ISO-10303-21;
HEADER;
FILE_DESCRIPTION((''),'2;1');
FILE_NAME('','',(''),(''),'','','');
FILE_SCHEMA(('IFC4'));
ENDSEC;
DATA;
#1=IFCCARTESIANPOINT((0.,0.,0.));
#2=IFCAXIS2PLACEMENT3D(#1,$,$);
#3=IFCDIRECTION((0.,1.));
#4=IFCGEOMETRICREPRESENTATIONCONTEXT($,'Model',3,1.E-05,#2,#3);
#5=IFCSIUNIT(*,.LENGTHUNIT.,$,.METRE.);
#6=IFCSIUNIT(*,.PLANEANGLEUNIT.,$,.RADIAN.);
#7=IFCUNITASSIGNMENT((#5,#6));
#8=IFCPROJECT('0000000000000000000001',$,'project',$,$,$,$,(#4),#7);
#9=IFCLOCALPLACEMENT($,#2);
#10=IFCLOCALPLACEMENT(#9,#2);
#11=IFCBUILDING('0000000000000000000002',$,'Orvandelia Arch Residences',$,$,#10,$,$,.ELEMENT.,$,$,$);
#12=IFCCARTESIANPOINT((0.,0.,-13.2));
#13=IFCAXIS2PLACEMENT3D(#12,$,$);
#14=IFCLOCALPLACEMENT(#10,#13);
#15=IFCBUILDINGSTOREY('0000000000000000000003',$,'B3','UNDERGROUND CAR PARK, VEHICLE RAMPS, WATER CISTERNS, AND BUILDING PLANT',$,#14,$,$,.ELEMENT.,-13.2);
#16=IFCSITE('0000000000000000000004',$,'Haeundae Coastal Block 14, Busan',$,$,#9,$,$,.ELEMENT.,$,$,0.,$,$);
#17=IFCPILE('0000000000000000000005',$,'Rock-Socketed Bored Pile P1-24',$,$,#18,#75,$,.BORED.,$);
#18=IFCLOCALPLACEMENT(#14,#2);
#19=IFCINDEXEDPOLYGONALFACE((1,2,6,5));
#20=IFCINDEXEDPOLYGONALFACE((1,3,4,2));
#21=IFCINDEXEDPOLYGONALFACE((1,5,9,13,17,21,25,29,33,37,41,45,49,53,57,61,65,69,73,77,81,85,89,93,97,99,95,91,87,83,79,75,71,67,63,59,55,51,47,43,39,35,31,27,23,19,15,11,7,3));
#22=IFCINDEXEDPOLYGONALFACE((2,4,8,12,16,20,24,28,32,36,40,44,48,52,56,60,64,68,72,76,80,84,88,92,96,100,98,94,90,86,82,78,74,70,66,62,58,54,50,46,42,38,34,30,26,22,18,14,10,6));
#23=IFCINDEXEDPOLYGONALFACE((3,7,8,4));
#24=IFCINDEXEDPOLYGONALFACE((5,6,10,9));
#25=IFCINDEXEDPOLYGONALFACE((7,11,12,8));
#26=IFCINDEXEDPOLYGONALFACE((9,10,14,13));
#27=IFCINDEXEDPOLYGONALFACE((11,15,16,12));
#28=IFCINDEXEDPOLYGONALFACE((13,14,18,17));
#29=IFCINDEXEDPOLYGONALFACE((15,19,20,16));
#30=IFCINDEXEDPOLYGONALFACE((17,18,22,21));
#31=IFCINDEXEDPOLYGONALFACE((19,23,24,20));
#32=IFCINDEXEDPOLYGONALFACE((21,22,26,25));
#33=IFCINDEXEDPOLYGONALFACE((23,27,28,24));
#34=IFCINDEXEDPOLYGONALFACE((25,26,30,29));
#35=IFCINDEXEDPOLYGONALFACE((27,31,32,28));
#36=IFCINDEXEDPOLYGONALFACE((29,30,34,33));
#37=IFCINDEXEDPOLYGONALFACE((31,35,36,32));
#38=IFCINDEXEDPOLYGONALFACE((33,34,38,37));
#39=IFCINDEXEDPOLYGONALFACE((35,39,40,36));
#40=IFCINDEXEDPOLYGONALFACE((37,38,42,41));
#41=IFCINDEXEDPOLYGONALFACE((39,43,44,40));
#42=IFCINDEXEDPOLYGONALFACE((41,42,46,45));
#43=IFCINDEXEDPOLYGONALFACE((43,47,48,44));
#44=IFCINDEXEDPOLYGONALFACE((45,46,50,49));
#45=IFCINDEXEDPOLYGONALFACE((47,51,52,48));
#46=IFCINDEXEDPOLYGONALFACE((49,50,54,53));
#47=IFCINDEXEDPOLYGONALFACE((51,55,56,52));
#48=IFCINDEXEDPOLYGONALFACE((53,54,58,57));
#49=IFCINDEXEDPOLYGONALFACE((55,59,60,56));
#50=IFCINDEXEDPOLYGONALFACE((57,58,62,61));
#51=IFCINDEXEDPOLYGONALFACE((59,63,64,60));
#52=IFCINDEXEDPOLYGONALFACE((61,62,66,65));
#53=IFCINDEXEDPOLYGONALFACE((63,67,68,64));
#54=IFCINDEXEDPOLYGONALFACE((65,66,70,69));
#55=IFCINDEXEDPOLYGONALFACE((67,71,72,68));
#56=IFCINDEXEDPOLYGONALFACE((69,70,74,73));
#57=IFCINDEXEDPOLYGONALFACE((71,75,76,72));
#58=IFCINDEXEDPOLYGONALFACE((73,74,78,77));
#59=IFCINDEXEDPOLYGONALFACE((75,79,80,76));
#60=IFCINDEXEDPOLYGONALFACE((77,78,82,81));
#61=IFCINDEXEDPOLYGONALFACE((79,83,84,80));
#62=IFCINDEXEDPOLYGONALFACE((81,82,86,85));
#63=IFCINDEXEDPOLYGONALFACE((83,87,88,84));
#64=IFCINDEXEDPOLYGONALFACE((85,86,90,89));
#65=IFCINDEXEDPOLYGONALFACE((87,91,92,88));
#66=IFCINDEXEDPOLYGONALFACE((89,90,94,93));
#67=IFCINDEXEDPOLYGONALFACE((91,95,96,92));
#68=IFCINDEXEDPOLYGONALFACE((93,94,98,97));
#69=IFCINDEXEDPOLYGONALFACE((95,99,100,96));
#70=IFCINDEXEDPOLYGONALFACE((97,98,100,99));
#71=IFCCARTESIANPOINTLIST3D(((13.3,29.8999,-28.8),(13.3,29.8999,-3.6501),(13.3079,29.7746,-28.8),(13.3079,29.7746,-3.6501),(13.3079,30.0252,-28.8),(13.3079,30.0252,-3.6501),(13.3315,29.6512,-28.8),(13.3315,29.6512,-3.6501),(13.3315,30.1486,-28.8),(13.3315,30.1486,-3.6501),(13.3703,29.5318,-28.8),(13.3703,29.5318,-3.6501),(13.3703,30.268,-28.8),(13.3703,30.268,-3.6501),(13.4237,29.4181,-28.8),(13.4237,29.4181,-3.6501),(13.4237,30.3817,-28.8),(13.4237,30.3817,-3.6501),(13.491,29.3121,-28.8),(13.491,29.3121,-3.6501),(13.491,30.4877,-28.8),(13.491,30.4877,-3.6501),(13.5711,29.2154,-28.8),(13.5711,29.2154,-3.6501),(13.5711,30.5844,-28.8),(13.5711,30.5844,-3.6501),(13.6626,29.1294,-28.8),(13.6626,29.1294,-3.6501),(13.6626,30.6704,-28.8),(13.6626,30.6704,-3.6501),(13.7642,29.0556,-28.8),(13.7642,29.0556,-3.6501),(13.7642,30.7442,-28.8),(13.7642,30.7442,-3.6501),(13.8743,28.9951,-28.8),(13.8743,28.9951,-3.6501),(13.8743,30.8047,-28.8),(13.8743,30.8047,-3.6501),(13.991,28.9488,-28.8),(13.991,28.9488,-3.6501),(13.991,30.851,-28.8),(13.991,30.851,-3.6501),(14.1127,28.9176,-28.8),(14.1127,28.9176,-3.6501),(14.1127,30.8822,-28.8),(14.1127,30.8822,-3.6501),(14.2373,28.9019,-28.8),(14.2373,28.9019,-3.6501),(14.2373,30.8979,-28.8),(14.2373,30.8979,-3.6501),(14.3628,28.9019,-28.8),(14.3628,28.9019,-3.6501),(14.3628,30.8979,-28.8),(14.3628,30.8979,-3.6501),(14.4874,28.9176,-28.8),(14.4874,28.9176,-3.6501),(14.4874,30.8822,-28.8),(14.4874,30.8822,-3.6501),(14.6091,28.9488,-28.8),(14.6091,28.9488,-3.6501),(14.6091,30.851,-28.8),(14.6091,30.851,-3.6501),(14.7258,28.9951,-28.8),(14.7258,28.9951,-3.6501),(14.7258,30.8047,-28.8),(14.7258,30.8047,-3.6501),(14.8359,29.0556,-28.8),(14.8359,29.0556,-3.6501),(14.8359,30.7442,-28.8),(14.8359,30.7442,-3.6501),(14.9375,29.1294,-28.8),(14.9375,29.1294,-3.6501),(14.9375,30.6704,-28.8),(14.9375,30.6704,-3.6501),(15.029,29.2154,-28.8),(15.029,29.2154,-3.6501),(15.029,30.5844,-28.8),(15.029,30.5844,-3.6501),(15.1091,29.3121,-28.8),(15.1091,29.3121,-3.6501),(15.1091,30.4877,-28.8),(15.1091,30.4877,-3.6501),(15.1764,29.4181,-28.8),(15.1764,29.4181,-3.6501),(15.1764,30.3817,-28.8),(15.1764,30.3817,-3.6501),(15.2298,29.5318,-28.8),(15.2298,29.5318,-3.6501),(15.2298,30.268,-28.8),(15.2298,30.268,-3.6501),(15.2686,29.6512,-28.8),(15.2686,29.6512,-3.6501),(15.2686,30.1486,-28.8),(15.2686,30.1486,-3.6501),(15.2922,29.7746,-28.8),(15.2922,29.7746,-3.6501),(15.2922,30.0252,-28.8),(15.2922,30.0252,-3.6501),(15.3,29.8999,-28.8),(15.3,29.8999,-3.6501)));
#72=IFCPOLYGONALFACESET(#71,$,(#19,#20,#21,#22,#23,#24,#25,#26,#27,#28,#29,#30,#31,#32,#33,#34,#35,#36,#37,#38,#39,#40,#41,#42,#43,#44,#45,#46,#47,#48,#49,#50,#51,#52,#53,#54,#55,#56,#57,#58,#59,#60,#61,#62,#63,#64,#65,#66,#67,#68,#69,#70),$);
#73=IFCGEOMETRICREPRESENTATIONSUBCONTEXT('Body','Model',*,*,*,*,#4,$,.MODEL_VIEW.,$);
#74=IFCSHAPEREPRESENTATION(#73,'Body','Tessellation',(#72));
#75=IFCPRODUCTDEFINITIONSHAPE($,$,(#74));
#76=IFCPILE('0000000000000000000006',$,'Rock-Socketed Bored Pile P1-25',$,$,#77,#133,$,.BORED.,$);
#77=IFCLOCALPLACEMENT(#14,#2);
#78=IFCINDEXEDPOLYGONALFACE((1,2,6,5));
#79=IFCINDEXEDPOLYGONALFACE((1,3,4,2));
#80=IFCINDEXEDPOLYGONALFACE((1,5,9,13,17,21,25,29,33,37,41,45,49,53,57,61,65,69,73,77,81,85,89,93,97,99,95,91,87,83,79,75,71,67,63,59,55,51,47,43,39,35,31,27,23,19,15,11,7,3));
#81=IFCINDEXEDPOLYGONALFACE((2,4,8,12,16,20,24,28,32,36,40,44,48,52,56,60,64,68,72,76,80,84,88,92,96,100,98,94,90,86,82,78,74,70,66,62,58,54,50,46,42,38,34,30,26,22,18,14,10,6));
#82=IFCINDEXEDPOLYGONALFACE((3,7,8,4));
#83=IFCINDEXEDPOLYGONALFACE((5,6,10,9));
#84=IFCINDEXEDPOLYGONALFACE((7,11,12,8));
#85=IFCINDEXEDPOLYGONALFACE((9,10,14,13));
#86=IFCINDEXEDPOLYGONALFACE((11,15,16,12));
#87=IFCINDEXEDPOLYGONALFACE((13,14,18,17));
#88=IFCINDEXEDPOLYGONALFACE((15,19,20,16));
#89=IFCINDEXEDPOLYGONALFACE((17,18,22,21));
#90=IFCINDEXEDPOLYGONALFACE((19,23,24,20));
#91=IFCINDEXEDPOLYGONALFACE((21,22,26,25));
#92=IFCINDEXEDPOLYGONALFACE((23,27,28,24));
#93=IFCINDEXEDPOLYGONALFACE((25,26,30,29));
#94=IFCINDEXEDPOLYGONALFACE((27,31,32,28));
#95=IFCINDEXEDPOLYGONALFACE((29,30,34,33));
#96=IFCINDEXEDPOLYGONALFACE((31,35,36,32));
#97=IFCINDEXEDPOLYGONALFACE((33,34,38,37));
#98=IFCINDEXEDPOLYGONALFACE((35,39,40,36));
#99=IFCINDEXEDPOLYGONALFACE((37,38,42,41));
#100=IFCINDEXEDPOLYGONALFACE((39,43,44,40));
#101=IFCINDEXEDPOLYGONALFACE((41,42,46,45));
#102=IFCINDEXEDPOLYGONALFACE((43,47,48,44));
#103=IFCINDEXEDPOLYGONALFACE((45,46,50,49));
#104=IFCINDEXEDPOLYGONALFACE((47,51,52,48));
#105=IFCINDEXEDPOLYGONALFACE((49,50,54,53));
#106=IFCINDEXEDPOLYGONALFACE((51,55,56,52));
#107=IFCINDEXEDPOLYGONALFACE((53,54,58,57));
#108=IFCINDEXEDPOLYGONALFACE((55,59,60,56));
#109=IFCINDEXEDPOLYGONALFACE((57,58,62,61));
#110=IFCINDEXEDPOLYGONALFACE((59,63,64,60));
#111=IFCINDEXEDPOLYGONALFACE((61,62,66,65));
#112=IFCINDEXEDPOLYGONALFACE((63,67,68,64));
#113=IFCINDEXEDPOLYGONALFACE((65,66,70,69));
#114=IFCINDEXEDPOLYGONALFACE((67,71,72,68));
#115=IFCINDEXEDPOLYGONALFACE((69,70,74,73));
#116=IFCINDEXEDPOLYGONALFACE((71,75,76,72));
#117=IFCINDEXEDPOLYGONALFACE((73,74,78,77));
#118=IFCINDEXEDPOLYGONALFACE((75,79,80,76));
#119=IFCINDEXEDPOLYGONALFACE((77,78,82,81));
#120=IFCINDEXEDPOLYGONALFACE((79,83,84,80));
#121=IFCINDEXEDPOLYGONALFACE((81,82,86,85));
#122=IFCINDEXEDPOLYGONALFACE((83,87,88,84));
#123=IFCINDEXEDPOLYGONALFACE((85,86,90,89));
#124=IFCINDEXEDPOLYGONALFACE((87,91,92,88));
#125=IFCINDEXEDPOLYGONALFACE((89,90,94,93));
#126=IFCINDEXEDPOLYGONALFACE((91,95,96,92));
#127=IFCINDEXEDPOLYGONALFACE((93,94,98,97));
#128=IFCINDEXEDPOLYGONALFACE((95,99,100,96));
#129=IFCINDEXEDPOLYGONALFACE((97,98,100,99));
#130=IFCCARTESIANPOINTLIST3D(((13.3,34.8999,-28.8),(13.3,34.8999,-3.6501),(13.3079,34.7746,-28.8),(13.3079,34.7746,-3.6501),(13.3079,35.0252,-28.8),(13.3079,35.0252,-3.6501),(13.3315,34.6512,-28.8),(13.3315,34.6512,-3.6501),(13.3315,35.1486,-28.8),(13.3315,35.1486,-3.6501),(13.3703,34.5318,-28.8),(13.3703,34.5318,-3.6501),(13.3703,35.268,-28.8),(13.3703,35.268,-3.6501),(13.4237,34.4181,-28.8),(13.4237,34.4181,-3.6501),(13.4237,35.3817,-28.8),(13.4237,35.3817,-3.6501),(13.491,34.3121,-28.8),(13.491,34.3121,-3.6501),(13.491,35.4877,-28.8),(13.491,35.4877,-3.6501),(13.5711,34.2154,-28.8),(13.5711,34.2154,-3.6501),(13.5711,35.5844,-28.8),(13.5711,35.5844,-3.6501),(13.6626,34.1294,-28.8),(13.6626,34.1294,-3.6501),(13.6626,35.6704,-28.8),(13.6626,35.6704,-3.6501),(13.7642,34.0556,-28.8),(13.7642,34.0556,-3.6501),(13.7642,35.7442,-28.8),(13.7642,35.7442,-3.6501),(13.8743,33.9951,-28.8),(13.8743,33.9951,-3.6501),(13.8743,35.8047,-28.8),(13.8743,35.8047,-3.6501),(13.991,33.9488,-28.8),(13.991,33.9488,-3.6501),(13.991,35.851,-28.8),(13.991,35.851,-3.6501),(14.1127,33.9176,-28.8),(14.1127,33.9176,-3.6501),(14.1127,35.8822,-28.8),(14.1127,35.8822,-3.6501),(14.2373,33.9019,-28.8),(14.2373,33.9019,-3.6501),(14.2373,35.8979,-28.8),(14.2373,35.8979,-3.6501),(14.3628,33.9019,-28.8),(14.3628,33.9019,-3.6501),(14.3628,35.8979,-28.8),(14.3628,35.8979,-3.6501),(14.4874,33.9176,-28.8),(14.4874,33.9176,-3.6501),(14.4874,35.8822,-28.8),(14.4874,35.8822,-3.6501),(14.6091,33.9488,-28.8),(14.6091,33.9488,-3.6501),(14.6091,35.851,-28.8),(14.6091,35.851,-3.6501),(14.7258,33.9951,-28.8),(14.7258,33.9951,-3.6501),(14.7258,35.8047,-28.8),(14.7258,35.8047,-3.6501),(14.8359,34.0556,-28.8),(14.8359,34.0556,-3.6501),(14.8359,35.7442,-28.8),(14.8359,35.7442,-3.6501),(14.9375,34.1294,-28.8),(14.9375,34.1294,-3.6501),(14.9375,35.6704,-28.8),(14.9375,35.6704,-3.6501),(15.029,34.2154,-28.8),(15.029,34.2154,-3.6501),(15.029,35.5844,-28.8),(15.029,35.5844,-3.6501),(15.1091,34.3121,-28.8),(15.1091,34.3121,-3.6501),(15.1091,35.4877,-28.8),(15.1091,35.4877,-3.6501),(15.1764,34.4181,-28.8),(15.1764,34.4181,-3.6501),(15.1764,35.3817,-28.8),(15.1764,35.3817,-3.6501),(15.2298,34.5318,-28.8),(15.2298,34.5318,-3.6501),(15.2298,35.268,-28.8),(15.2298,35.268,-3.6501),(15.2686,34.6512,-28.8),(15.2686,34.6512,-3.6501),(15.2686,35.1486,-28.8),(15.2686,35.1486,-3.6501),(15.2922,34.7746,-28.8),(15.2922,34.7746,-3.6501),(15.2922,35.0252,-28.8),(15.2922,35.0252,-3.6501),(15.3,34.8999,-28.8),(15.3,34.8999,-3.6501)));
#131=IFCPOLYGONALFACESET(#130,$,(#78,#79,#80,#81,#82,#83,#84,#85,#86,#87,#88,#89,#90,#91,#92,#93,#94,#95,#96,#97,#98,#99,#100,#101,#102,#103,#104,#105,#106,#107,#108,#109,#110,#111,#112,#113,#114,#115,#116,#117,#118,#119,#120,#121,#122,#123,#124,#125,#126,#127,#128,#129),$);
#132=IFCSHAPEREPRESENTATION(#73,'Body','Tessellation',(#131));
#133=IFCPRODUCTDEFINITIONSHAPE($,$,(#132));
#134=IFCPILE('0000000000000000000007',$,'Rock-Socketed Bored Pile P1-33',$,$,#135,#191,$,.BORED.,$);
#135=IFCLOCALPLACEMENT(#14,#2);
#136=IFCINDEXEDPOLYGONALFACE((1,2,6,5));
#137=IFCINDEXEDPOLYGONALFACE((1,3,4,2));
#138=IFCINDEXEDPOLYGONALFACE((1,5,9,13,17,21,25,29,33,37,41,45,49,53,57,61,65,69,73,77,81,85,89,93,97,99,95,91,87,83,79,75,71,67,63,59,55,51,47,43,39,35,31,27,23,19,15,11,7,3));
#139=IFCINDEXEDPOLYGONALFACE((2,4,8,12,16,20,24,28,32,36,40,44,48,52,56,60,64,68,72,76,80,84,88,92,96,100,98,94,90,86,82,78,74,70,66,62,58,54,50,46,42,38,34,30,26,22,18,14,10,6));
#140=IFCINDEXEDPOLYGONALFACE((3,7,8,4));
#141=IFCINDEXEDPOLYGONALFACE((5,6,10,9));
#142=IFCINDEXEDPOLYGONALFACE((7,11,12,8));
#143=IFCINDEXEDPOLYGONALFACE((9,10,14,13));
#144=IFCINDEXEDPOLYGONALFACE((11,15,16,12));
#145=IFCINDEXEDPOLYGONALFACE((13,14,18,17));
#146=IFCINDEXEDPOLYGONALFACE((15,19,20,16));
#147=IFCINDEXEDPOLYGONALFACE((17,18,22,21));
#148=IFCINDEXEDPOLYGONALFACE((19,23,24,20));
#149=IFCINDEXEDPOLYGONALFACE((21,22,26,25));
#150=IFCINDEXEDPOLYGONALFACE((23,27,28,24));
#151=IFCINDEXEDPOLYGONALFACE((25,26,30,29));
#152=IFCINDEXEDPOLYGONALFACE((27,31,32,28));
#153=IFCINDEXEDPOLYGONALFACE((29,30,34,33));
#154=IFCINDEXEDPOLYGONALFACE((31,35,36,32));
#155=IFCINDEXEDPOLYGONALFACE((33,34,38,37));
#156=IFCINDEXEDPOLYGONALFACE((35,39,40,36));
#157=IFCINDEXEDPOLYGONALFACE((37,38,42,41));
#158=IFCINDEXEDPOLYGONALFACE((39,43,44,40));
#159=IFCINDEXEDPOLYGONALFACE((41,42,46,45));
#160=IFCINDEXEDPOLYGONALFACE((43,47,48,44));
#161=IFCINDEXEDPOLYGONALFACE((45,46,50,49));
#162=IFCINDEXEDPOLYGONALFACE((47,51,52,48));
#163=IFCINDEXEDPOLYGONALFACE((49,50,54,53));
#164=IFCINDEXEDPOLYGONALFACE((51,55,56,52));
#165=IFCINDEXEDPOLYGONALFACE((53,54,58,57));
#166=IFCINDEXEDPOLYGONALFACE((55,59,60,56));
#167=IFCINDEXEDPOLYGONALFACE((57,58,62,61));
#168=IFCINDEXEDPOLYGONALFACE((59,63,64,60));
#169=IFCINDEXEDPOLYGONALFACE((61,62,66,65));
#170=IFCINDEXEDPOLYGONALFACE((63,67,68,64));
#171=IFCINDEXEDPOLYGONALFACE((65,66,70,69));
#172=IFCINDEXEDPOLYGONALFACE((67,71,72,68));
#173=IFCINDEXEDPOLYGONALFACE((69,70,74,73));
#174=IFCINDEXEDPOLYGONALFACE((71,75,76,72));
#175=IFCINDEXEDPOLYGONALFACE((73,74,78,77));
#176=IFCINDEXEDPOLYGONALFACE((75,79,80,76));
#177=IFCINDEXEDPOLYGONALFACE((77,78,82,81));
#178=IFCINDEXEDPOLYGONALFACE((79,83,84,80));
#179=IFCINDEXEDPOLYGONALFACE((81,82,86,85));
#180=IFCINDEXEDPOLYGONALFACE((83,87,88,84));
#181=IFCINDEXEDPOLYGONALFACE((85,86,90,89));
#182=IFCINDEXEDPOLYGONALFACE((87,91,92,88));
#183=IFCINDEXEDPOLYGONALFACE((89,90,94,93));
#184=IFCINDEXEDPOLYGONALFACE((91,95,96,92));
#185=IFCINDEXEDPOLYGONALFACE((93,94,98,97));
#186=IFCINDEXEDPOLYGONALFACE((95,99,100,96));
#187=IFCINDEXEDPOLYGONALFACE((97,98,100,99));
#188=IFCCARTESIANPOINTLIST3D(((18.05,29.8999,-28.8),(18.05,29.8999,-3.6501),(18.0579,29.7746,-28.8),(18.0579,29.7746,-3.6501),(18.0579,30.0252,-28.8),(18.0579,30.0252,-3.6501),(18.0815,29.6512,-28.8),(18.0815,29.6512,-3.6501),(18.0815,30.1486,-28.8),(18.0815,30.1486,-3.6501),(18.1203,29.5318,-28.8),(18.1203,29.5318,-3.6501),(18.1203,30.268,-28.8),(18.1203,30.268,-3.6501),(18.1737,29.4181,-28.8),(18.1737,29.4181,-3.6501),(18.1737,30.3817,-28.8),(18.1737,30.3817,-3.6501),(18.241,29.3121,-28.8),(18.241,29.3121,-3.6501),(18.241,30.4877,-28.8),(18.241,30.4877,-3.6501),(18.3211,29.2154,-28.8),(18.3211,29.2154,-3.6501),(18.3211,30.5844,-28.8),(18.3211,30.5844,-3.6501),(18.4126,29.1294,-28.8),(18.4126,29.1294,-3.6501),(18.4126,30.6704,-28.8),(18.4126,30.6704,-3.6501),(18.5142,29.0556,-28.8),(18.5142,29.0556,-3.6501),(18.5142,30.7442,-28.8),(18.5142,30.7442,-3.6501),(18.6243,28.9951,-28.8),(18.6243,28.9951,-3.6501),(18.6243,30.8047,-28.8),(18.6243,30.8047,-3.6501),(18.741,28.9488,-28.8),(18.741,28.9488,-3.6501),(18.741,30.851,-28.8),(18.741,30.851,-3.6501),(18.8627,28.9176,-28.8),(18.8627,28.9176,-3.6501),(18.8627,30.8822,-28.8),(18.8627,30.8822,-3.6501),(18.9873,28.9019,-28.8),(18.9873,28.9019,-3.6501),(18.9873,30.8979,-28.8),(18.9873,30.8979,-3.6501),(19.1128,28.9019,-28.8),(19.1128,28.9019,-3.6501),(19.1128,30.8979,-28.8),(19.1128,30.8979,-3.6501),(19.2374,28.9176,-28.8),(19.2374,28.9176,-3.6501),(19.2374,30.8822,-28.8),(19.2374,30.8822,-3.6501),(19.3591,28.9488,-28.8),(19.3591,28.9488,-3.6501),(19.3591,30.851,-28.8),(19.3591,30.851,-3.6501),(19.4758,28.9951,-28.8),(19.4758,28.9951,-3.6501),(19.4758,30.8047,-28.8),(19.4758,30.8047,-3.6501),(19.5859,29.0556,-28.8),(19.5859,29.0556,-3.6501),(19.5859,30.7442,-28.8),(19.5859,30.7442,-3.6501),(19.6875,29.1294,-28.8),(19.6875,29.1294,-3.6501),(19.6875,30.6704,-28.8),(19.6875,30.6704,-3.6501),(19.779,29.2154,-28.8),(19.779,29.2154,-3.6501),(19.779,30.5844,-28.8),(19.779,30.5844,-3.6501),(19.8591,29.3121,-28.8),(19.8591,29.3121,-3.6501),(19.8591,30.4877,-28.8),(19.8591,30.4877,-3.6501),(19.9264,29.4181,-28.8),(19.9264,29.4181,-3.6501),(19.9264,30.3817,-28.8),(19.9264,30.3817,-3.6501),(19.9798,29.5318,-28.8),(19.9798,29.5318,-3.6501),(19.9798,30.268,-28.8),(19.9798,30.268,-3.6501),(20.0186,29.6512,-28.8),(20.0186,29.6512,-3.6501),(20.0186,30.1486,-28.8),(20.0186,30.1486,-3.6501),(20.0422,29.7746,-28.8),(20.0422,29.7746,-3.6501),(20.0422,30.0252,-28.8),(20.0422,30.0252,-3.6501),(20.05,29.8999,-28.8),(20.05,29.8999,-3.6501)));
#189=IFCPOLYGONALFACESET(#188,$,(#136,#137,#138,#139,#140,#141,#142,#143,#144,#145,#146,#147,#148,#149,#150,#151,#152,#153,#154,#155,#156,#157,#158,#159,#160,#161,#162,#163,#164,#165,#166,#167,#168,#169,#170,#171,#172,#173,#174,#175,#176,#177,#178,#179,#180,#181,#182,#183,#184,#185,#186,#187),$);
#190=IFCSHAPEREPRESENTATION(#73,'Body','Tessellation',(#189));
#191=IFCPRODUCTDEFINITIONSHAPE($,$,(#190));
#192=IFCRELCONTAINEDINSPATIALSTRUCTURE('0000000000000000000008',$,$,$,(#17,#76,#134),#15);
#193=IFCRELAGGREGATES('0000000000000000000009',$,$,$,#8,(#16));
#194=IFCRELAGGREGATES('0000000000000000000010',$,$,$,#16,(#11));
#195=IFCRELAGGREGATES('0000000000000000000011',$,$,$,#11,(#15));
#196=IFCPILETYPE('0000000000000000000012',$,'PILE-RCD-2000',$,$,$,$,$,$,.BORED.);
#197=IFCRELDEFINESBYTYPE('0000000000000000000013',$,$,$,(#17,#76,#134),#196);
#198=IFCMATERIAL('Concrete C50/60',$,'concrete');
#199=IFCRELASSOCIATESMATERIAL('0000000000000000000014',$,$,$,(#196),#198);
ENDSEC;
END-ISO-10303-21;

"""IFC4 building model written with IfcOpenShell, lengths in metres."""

from ifc_helpers import new_model, si_unit, direction, frame, origin, origin_2d, place, context, subcontext, project, spatial, circle, extrude, material, material_profile, profile_set, type_object, element, save


model = new_model("IFC4")

# Units and contexts
model_context = context("Model", 3, precision=1e-05, world=origin(), true_north=direction((0.0, 1.0)))
body_context = subcontext(model_context, "Body", "Model", "MODEL_VIEW")
ifc_project = project(units=[si_unit("LENGTHUNIT", "METRE"), si_unit("PLANEANGLEUNIT", "RADIAN")], contexts=[model_context])

# Site, building, storey
site_placement = place(None, origin())
site = spatial("IfcSite", under=ifc_project, at=site_placement, Name="Haeundae Coastal Block 14, Busan", CompositionType="ELEMENT", RefElevation=0.0)
building_placement = place(site_placement, origin())
building = spatial("IfcBuilding", under=site, at=building_placement, Name="Orvandelia Arch Residences", CompositionType="ELEMENT")
storey_placement = place(building_placement, frame((0.0, 0.0, -13.2)))
storey = spatial("IfcBuildingStorey", under=building, at=storey_placement, Name="B3", Description="UNDERGROUND CAR PARK, VEHICLE RAMPS, WATER CISTERNS, AND BUILDING PLANT", CompositionType="ELEMENT", Elevation=-13.2)

# Piles
ifc_material_1 = material(Name="Concrete C50/60", Category="concrete")
ifc_material_profile_1 = material_profile(ifc_material_1, circle(Radius=1.0, at=origin_2d()), Name="Concrete C50/60", Category="concrete")
ifc_profile_set_1 = profile_set([ifc_material_profile_1], Name="Concrete C50/60")
pile_type = type_object("IfcPileType", Name="PILE-RCD-2000", PredefinedType="BORED", material=ifc_profile_set_1)
for number, where, z_axis, x_axis, name in (
    (1, (14.3, 29.8999, -3.6501), (0.0, 0.0, -1.0), (1.0, 0.0, 0.0), "Rock-Socketed Bored Pile P1-24"),
    (2, (14.3, 34.8999, -3.6501), (0.0, 0.0, -1.0), (1.0, 0.0, 0.0), "Rock-Socketed Bored Pile P1-25"),
    (3, (19.05, 29.8999, -3.6501), (0.0, 0.0, -1.0), (1.0, 0.0, 0.0), "Rock-Socketed Bored Pile P1-33"),
):
    element("IfcPile", number, at=place(storey_placement, frame(where, z_axis=z_axis, x_axis=x_axis)), inside=storey, type_object=pile_type, Name=name, PredefinedType="BORED", context=body_context, shape_type="SweptSolid", body=[
        extrude(circle(Radius=1.0, at=origin_2d()), origin(), (0.0, 0.0, 1.0), 25.1499),
    ])

save(model, "model.ifc")
